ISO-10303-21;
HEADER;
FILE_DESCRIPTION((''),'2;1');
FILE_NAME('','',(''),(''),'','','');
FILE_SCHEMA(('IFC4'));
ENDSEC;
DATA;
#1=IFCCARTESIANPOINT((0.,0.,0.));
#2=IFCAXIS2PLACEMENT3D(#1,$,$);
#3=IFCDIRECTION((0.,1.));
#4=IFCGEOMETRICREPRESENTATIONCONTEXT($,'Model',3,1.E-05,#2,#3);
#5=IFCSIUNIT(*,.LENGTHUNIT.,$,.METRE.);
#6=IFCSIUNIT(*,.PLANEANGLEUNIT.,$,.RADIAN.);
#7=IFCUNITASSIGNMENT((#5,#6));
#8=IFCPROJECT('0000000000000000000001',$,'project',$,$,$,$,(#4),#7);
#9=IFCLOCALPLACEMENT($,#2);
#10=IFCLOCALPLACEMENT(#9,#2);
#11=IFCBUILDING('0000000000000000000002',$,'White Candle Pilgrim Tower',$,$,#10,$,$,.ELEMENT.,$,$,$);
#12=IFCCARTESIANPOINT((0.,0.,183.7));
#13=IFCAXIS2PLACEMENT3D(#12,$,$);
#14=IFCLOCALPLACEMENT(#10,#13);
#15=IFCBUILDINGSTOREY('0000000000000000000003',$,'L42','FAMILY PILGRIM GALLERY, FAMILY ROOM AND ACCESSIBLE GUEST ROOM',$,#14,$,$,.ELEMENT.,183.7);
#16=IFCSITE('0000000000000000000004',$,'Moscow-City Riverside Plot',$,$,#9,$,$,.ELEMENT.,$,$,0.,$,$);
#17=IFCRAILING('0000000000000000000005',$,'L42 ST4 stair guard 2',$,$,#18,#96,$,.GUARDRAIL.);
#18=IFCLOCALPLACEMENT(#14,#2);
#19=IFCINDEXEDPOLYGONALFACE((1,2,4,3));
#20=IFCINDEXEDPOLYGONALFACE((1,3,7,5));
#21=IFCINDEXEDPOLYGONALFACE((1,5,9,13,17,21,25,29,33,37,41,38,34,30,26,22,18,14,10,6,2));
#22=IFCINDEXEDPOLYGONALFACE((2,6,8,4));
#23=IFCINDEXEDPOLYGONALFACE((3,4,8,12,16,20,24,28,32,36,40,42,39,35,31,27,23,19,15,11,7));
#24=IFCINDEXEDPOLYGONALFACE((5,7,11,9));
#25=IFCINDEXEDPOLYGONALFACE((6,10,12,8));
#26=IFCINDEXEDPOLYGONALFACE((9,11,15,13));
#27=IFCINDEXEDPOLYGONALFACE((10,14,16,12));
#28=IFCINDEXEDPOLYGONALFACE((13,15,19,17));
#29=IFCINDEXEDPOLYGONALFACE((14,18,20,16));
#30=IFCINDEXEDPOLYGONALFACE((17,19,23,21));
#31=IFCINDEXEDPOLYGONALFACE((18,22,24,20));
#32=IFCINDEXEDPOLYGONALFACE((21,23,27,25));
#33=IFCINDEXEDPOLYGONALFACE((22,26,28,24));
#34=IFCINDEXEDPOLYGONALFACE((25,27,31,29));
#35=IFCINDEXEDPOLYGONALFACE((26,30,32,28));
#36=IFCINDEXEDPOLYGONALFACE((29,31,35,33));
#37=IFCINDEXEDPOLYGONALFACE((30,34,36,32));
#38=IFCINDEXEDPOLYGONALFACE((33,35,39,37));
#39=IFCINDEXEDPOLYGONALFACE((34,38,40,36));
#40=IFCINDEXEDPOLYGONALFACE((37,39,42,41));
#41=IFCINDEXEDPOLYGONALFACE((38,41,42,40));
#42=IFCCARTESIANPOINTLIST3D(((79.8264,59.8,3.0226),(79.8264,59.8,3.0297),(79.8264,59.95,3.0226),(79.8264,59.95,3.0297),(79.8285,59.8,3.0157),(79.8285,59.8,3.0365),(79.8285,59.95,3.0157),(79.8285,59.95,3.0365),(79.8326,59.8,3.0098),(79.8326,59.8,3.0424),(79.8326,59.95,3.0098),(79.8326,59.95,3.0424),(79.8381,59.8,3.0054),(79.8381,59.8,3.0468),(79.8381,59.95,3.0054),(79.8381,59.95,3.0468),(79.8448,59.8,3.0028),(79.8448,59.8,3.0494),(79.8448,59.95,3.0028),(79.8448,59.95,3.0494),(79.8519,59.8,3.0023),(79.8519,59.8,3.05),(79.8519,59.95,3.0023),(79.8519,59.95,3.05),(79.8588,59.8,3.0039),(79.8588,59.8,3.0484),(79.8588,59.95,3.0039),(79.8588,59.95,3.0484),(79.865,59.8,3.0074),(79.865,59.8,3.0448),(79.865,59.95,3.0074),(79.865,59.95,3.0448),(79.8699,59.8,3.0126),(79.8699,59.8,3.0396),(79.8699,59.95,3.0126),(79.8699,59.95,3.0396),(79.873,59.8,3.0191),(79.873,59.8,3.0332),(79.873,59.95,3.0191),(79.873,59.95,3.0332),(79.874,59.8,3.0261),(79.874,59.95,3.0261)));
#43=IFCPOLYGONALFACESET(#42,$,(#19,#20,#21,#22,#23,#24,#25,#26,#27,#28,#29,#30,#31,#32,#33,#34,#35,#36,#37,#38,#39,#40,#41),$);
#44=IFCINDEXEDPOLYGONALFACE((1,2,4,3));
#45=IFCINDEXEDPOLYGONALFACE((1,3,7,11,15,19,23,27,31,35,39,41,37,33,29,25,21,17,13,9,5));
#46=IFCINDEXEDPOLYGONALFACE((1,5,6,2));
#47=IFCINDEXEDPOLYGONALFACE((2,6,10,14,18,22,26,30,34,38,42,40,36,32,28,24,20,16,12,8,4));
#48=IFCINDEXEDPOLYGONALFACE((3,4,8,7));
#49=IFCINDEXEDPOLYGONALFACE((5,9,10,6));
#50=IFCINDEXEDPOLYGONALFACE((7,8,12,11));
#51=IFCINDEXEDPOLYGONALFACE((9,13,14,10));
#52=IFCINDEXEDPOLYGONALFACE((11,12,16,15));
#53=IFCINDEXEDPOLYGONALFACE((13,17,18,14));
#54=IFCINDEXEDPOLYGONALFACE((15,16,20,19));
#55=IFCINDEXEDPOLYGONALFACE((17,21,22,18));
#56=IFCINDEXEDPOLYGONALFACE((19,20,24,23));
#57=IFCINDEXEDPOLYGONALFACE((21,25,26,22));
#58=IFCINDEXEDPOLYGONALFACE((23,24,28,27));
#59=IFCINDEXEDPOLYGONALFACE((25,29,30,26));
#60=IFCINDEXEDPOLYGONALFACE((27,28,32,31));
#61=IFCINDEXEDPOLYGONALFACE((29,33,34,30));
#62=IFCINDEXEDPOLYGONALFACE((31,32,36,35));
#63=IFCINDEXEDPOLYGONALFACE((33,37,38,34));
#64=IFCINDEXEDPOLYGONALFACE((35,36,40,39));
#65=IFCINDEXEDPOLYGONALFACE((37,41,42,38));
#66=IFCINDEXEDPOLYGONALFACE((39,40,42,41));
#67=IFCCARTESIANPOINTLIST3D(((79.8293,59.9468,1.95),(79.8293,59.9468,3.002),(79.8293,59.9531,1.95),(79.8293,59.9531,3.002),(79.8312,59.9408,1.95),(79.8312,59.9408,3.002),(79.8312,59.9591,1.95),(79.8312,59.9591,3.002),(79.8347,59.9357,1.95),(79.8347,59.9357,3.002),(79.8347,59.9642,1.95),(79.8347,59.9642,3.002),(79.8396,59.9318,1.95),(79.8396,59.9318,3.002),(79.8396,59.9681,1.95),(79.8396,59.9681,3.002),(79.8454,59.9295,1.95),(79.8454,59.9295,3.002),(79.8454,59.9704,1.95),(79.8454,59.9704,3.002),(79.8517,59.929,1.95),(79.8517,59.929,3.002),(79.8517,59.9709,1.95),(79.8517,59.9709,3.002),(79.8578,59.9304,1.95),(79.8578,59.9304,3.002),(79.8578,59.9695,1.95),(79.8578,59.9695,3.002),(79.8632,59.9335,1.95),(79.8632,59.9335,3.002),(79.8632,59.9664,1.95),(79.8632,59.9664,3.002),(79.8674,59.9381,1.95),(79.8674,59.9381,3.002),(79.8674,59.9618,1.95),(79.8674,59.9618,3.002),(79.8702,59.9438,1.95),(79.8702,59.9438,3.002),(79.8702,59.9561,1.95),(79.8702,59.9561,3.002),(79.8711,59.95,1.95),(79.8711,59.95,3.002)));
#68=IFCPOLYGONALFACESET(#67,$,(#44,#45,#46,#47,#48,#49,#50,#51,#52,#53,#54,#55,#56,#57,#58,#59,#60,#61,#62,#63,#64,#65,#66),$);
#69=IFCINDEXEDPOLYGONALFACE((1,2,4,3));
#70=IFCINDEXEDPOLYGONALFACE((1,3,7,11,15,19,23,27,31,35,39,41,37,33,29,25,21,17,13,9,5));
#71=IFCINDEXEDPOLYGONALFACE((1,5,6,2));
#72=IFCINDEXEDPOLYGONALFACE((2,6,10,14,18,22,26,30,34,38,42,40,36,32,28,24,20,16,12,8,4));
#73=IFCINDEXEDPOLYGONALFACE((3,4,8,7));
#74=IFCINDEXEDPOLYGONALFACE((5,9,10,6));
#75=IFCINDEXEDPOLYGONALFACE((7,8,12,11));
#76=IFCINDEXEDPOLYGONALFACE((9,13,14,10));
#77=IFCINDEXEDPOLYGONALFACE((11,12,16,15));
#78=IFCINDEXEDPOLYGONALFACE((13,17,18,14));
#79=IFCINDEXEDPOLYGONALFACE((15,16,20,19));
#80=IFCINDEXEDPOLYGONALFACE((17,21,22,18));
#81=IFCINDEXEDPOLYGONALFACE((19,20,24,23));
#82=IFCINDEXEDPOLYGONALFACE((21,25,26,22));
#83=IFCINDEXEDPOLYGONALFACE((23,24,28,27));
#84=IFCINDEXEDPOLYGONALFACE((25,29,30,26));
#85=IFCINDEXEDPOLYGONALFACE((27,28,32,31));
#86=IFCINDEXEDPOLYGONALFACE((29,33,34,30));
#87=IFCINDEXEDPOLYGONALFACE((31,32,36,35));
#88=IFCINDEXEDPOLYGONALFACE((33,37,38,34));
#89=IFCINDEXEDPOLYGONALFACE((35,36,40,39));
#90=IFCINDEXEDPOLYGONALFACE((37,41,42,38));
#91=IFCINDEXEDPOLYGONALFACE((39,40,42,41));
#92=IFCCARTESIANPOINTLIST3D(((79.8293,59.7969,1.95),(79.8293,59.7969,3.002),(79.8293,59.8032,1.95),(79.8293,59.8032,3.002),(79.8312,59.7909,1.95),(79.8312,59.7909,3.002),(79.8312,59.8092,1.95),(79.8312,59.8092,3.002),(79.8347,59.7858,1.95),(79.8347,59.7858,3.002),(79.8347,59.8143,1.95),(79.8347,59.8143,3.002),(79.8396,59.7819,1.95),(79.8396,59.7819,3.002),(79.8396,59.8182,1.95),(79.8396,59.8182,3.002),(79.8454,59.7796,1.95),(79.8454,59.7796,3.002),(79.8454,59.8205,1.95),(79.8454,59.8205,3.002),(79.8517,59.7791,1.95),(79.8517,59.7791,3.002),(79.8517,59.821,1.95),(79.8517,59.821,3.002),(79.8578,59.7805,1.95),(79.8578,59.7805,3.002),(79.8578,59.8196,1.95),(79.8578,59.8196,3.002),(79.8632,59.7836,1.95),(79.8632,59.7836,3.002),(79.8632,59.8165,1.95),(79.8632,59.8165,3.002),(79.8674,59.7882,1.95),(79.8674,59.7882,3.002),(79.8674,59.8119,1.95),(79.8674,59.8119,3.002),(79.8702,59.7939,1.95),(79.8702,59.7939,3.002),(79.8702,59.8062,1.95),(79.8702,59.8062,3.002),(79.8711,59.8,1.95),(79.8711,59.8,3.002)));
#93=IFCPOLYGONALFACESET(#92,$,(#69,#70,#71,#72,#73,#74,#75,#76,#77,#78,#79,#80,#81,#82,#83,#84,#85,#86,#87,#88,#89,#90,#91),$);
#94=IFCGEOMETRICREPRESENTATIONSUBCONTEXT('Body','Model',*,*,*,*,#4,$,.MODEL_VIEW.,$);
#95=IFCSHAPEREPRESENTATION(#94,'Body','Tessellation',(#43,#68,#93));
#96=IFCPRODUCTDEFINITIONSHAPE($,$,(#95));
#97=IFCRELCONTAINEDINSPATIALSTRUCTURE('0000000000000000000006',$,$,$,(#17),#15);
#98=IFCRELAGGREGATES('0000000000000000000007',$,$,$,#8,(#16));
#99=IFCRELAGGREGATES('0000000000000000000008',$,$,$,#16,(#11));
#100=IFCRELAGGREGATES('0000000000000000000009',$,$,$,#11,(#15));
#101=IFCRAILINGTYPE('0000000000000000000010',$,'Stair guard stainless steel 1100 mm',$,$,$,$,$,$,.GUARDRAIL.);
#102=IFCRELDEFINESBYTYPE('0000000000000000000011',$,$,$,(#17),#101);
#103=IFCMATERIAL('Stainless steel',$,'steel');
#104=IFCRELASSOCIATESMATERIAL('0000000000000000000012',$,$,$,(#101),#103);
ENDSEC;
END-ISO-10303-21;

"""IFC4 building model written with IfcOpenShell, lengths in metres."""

from ifc_helpers import new_model, si_unit, direction, frame, origin, origin_2d, place, context, subcontext, project, spatial, circle, extrude, material, type_object, element, save


model = new_model("IFC4")

# Units and contexts
model_context = context("Model", 3, precision=1e-05, world=origin(), true_north=direction((0.0, 1.0)))
body_context = subcontext(model_context, "Body", "Model", "MODEL_VIEW")
ifc_project = project(units=[si_unit("LENGTHUNIT", "METRE"), si_unit("PLANEANGLEUNIT", "RADIAN")], contexts=[model_context])

# Site, building, storey
site_placement = place(None, origin())
site = spatial("IfcSite", under=ifc_project, at=site_placement, Name="Moscow-City Riverside Plot", CompositionType="ELEMENT", RefElevation=0.0)
building_placement = place(site_placement, origin())
building = spatial("IfcBuilding", under=site, at=building_placement, Name="White Candle Pilgrim Tower", CompositionType="ELEMENT")
storey_placement = place(building_placement, frame((0.0, 0.0, 183.7)))
storey = spatial("IfcBuildingStorey", under=building, at=storey_placement, Name="L42", Description="FAMILY PILGRIM GALLERY, FAMILY ROOM AND ACCESSIBLE GUEST ROOM", CompositionType="ELEMENT", Elevation=183.7)

# Railing
ifc_material_1 = material(Name="Stainless steel", Category="steel")
railing_type_1 = type_object("IfcRailingType", Name="Stair guard stainless steel 1100 mm", PredefinedType="GUARDRAIL", material=ifc_material_1)
railing_1_placement = place(storey_placement, frame((79.8501, 59.95, 1.95)))
element("IfcRailing", 1, at=railing_1_placement, inside=storey, type_object=railing_type_1, Name="L42 ST4 stair guard 2", PredefinedType="GUARDRAIL", context=body_context, shape_type="SweptSolid", body=[
    extrude(circle(Radius=0.0239, at=origin_2d()), frame((0.0, 0.0, 1.0762), z_axis=(0.0, -1.0, 0.0), x_axis=(1.0, 0.0, 0.0)), (0.0, 0.0, 1.0), 0.1499),
    extrude(circle(Radius=0.021, at=origin_2d()), origin(), (0.0, 0.0, 1.0), 1.052),
    extrude(circle(Radius=0.021, at=origin_2d()), frame((0.0, -0.1499, 0.0)), (0.0, 0.0, 1.0), 1.052),
])

save(model, "model.ifc")
